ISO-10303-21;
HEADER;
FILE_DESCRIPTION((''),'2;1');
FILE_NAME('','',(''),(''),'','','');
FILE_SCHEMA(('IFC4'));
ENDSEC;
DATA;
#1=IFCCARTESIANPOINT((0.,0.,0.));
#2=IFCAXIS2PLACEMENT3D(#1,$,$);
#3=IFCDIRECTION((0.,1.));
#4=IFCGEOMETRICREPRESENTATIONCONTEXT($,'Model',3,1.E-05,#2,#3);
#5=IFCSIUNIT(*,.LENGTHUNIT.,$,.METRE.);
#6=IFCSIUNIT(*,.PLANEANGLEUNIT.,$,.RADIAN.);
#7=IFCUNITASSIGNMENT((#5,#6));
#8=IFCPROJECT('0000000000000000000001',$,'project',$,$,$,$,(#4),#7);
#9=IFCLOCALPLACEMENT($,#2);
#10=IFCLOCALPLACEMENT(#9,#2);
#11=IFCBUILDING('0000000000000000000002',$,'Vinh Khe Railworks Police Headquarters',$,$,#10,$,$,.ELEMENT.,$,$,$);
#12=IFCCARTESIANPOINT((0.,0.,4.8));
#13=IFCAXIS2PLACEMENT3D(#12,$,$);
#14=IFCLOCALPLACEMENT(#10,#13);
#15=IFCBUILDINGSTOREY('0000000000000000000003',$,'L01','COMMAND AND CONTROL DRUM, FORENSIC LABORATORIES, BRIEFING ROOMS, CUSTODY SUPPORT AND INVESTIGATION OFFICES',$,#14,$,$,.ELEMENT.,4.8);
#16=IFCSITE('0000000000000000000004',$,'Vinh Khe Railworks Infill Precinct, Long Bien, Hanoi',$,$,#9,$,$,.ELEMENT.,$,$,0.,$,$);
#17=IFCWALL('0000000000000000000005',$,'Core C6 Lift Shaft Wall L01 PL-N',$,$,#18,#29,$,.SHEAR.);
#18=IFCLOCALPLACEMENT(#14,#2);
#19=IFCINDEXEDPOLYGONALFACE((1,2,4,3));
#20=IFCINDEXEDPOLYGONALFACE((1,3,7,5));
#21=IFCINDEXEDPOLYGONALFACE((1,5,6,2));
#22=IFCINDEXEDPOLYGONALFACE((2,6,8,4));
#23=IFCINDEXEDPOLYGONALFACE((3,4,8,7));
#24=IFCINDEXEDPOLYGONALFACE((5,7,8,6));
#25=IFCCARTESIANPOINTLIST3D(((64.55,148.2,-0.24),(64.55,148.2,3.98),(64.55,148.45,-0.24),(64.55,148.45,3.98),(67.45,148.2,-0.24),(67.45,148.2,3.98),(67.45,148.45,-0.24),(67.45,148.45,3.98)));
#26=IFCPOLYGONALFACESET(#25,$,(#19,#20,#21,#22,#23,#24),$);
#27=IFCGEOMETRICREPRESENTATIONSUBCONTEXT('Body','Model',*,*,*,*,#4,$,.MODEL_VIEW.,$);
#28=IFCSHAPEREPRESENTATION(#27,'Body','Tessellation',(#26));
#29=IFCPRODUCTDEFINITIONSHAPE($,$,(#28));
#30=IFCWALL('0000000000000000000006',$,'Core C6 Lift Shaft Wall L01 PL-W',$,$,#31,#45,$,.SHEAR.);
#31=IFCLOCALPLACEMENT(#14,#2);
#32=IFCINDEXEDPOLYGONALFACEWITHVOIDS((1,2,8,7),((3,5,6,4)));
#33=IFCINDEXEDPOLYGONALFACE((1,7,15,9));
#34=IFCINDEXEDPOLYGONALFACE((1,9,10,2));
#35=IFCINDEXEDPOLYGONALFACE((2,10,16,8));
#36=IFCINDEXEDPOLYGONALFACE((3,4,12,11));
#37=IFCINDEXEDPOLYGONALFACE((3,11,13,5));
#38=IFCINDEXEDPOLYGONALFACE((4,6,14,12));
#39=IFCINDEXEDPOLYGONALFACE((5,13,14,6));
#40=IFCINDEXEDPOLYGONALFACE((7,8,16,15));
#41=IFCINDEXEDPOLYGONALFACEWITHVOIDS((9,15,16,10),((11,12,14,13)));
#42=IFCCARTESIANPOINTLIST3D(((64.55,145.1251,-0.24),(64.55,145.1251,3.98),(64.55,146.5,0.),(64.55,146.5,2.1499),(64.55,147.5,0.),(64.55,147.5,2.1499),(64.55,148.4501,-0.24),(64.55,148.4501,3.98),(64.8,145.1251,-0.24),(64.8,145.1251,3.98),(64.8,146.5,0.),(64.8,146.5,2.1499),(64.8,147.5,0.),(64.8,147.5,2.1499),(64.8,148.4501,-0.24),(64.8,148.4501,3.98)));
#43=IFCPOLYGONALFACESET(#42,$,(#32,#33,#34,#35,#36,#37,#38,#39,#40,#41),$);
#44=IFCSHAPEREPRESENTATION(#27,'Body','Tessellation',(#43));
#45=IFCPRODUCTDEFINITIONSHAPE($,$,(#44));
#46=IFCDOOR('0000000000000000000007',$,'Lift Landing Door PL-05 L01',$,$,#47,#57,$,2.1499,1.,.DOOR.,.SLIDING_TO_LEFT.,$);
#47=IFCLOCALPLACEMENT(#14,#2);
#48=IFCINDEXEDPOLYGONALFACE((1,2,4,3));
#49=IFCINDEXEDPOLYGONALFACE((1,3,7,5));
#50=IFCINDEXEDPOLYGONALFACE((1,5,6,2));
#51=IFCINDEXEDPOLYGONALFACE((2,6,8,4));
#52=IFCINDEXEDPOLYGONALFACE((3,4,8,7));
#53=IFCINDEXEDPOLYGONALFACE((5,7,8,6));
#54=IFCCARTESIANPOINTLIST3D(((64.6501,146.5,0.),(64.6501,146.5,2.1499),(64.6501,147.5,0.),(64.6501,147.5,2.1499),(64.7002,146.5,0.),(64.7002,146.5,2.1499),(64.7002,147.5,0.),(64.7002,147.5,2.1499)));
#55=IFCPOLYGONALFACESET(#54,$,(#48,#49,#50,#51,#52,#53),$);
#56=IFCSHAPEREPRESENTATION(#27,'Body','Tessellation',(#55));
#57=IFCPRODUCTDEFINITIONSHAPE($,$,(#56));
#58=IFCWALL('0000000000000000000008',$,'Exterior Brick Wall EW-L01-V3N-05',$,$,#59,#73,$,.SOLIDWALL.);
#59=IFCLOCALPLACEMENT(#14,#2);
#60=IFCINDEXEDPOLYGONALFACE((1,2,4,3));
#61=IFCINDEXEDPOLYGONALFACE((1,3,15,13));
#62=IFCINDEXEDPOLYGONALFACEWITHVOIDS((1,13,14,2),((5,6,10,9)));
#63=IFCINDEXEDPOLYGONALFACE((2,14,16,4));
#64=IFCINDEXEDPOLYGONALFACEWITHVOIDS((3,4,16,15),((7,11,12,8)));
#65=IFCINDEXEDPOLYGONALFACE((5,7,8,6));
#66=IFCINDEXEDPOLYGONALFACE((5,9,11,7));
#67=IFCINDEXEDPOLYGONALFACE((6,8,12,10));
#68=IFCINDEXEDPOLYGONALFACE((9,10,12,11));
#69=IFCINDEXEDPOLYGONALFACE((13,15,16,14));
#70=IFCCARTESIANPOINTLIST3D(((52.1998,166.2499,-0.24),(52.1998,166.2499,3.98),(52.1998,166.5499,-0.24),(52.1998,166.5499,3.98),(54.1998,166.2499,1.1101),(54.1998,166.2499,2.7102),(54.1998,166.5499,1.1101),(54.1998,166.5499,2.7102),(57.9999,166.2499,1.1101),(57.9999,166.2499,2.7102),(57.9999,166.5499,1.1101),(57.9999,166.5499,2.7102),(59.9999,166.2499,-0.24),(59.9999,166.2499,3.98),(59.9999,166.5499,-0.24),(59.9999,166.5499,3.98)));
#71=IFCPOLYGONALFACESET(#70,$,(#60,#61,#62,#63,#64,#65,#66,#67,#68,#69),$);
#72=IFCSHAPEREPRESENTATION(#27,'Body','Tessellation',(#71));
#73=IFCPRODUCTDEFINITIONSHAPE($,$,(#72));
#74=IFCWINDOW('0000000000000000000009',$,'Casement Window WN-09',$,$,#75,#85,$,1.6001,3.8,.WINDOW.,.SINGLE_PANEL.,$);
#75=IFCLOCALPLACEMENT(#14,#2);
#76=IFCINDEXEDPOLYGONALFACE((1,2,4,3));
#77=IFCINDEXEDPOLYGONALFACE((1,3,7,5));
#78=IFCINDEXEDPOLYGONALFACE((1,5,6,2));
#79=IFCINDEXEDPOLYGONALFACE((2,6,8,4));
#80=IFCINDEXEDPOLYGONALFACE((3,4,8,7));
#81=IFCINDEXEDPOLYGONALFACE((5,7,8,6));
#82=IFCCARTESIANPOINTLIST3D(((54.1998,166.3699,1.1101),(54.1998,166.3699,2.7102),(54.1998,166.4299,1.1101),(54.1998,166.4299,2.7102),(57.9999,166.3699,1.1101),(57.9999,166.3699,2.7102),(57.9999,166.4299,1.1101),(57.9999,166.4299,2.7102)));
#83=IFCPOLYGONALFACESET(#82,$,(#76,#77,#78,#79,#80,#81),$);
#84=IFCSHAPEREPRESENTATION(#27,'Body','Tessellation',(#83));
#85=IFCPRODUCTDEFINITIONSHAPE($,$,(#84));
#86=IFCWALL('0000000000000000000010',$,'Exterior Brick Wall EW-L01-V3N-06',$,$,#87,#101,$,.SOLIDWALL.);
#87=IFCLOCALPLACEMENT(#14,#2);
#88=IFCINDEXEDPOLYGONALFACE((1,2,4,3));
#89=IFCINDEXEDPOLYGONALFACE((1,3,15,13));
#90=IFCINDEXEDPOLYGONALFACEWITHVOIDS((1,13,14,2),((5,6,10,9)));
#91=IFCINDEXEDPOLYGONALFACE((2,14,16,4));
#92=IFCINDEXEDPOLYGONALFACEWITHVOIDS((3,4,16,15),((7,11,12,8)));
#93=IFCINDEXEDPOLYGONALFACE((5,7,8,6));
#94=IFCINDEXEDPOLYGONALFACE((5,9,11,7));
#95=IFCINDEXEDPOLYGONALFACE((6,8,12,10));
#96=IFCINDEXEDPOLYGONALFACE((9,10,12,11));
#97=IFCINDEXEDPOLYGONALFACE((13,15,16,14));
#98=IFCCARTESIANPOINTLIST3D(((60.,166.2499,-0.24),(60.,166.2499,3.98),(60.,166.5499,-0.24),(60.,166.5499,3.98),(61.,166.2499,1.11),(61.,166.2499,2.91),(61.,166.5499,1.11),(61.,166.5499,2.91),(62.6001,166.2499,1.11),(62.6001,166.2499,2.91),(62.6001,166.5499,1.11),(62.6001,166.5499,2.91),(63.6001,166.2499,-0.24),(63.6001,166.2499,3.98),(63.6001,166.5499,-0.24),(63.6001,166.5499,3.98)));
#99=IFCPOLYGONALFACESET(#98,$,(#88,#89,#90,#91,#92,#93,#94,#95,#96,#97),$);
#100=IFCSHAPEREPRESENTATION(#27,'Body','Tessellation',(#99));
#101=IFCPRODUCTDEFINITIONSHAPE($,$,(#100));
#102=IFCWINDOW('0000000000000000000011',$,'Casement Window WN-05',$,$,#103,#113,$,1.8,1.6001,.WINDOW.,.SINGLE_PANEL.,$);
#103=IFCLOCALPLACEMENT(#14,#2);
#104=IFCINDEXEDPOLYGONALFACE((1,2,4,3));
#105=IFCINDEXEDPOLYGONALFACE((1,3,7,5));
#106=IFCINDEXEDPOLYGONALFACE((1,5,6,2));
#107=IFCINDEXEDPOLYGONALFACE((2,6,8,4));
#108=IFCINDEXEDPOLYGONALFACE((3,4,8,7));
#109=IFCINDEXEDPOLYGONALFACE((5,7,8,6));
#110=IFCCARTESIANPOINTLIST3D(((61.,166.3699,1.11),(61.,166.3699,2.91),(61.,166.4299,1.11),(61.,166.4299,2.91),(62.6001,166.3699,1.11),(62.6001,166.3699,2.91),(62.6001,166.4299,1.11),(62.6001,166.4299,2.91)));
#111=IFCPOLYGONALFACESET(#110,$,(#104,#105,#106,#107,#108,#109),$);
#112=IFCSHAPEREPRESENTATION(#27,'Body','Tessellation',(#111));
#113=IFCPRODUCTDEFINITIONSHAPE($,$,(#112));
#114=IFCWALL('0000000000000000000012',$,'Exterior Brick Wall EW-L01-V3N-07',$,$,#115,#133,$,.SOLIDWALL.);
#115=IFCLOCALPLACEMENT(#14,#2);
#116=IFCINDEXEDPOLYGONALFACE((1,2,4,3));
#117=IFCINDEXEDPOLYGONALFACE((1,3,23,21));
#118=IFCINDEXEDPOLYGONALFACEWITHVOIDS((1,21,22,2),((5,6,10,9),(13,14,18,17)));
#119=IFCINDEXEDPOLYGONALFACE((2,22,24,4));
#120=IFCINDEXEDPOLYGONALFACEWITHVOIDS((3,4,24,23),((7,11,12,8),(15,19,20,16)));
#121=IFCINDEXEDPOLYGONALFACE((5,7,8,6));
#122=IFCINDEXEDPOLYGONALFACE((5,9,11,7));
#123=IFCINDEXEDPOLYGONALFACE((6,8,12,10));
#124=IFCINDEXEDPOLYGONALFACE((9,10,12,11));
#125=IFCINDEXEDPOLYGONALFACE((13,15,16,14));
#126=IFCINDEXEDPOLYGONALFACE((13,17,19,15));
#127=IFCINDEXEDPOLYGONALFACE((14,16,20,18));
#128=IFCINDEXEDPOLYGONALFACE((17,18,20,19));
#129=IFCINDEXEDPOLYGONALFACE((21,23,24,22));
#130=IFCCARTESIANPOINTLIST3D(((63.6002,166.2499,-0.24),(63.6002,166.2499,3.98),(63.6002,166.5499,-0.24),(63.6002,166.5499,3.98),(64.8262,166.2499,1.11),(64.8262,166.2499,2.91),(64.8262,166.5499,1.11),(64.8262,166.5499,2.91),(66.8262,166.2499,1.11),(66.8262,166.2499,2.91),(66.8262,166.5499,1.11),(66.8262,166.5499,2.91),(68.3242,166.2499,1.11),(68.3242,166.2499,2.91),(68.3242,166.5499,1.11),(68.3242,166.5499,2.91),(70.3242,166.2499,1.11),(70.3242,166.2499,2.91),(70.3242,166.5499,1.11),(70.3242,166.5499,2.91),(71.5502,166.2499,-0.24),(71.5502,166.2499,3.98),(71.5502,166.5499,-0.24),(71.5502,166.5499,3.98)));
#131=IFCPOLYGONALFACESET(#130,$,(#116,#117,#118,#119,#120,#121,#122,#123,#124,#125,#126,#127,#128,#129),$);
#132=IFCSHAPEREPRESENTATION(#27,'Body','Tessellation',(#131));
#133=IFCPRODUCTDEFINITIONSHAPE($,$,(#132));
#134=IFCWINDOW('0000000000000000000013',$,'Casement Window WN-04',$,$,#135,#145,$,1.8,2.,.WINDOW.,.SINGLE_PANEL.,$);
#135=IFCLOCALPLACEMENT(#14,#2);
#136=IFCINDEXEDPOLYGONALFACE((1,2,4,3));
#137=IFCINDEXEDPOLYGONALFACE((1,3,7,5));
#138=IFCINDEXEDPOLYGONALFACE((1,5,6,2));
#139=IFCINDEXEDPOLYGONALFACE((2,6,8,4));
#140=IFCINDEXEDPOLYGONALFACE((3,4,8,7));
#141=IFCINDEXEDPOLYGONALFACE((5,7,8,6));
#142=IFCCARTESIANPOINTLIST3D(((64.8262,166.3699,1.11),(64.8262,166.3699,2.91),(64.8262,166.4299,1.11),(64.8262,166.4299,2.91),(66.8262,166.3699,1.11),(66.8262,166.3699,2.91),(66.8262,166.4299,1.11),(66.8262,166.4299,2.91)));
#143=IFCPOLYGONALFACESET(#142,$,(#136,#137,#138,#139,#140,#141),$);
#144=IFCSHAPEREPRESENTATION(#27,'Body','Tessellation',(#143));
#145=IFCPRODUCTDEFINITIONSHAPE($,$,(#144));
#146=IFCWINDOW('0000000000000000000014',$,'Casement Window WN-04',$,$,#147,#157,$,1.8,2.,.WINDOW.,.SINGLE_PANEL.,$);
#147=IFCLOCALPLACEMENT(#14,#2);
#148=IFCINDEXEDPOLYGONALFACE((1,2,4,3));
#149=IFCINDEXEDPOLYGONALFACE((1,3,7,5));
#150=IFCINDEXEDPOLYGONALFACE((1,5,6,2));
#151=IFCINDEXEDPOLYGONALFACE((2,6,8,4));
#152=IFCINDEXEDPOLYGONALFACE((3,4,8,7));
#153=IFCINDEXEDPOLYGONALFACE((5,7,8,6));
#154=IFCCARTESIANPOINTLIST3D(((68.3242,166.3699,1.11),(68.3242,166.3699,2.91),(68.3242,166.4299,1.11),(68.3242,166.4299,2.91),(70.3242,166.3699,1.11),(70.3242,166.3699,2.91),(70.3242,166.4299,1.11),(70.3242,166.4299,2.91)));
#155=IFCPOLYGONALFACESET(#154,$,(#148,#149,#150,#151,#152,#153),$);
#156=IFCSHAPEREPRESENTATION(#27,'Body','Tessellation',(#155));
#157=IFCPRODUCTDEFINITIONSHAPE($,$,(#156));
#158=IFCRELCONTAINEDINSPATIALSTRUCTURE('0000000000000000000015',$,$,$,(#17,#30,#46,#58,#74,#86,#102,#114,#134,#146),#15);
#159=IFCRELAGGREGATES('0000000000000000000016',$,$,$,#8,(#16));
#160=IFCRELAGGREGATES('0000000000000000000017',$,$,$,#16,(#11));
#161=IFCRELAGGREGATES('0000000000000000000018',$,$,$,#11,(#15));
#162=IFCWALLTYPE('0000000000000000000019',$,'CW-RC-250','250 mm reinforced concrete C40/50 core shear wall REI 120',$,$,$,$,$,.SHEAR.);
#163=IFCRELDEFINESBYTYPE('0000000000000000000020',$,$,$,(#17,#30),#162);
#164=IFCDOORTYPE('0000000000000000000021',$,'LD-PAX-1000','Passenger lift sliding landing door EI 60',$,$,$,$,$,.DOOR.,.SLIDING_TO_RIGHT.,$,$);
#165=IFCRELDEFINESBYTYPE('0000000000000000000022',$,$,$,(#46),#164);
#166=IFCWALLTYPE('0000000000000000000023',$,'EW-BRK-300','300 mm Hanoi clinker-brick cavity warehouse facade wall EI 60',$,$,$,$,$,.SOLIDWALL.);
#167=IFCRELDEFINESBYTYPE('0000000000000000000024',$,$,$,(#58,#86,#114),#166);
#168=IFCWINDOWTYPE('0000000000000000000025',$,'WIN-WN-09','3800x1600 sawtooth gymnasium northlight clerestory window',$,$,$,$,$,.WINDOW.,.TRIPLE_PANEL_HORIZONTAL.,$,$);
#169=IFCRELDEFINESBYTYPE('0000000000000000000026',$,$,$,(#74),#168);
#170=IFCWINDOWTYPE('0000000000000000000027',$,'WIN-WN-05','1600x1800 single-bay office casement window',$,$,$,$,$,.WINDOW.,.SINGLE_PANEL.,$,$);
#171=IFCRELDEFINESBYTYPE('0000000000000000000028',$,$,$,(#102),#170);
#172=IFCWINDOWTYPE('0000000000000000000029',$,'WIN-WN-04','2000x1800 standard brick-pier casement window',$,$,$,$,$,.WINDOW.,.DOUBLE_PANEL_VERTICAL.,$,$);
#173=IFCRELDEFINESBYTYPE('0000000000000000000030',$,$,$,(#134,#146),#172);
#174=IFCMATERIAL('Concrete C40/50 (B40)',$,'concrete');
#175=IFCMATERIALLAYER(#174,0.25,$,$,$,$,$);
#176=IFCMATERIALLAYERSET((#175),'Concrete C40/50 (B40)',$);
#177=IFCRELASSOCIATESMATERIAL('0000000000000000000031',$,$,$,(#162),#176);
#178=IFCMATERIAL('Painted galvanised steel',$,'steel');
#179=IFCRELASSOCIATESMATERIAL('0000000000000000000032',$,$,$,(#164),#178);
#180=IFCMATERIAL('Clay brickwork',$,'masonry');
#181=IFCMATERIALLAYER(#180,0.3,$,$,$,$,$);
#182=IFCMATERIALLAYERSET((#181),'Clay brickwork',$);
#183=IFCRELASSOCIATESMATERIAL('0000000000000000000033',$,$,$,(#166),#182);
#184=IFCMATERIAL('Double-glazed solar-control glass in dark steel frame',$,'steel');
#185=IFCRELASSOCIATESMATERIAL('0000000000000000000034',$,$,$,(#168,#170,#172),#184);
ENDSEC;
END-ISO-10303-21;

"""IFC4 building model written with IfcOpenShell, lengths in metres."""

from ifc_helpers import new_model, si_unit, direction, frame, frame_2d, origin, place, context, subcontext, project, spatial, rectangle, extrude, material, layer, layer_set, type_object, element, fill, save


model = new_model("IFC4")

# Units and contexts
model_context = context("Model", 3, precision=1e-05, world=origin(), true_north=direction((0.0, 1.0)))
body_context = subcontext(model_context, "Body", "Model", "MODEL_VIEW")
ifc_project = project(units=[si_unit("LENGTHUNIT", "METRE"), si_unit("PLANEANGLEUNIT", "RADIAN")], contexts=[model_context])

# Site, building, storey
site_placement = place(None, origin())
site = spatial("IfcSite", under=ifc_project, at=site_placement, Name="Vinh Khe Railworks Infill Precinct, Long Bien, Hanoi", CompositionType="ELEMENT", RefElevation=0.0)
building_placement = place(site_placement, origin())
building = spatial("IfcBuilding", under=site, at=building_placement, Name="Vinh Khe Railworks Police Headquarters", CompositionType="ELEMENT")
storey_placement = place(building_placement, frame((0.0, 0.0, 4.8)))
storey = spatial("IfcBuildingStorey", under=building, at=storey_placement, Name="L01", Description="COMMAND AND CONTROL DRUM, FORENSIC LABORATORIES, BRIEFING ROOMS, CUSTODY SUPPORT AND INVESTIGATION OFFICES", CompositionType="ELEMENT", Elevation=4.8)

# Wall
ifc_material_1 = material(Name="Concrete C40/50 (B40)", Category="concrete")
ifc_layer_1 = layer(ifc_material_1, 0.25)
ifc_layer_set_1 = layer_set([ifc_layer_1], Name="Concrete C40/50 (B40)")
wall_type_1 = type_object("IfcWallType", Name="CW-RC-250", Description="250 mm reinforced concrete C40/50 core shear wall REI 120", PredefinedType="SHEAR", material=ifc_layer_set_1)
for number, where, z_axis, x_axis, name in (
    (1, (64.55, 148.325, -0.24), (0.0, 0.0, 1.0), (1.0, 0.0, 0.0), "Core C6 Lift Shaft Wall L01 PL-N"),
):
    element("IfcWall", number, at=place(storey_placement, frame(where, z_axis=z_axis, x_axis=x_axis)), inside=storey, type_object=wall_type_1, Name=name, PredefinedType="SHEAR", context=body_context, shape_type="SweptSolid", body=[
        extrude(rectangle(XDim=2.8999, YDim=0.25, at=frame_2d((1.45, 0.0))), origin(), (0.0, 0.0, 1.0), 4.22),
    ])

# Wall, opening, door
wall_1_placement = place(storey_placement, frame((64.675, 145.125, -0.24), z_axis=(0.0, 0.0, 1.0), x_axis=(0.0, 1.0, 0.0)))
wall_1 = element("IfcWall", 2, at=wall_1_placement, inside=storey, type_object=wall_type_1, Name="Core C6 Lift Shaft Wall L01 PL-W", PredefinedType="SHEAR", context=body_context, shape_type="SweptSolid", body=[
    extrude(rectangle(XDim=3.325, YDim=0.25, at=frame_2d((1.6626, 0.0))), origin(), (0.0, 0.0, 1.0), 4.22),
])
opening_1_placement = place(wall_1_placement, frame((1.375, 0.0, 0.24)))
opening_1 = element("IfcOpeningElement", 3, at=opening_1_placement, cuts=wall_1, PredefinedType="OPENING", context=body_context, shape_type="SweptSolid", body=[
    extrude(rectangle(XDim=1.0, YDim=2.1499, at=frame_2d((0.5, 1.075))), frame((0.0, 0.1399, 0.0), z_axis=(0.0, -1.0, 0.0), x_axis=(1.0, 0.0, 0.0)), (0.0, 0.0, 1.0), 0.2798),
])
ifc_material_2 = material(Name="Painted galvanised steel", Category="steel")
door_type_1 = type_object("IfcDoorType", Name="LD-PAX-1000", Description="Passenger lift sliding landing door EI 60", OperationType="SLIDING_TO_RIGHT", PredefinedType="DOOR", material=ifc_material_2)
door_1_placement = place(opening_1_placement, origin())
door_1 = element("IfcDoor", 4, at=door_1_placement, inside=storey, type_object=door_type_1, Name="Lift Landing Door PL-05 L01", OperationType="SLIDING_TO_LEFT", OverallHeight=2.1499, OverallWidth=1.0, PredefinedType="DOOR", context=body_context, shape_type="SweptSolid", body=[
    extrude(rectangle(XDim=1.0, YDim=2.1499, at=frame_2d((0.5, 1.075))), frame((0.0, 0.0249, 0.0), z_axis=(0.0, -1.0, 0.0), x_axis=(1.0, 0.0, 0.0)), (0.0, 0.0, 1.0), 0.05),
])
fill(opening_1, door_1)

# Walls, openings, windows
ifc_material_3 = material(Name="Clay brickwork", Category="masonry")
ifc_layer_2 = layer(ifc_material_3, 0.3)
ifc_layer_set_2 = layer_set([ifc_layer_2], Name="Clay brickwork")
wall_type_2 = type_object("IfcWallType", Name="EW-BRK-300", Description="300 mm Hanoi clinker-brick cavity warehouse facade wall EI 60", PredefinedType="SOLIDWALL", material=ifc_layer_set_2)
wall_2_placement = place(storey_placement, frame((52.2, 166.3999, -0.24), z_axis=(0.0, 0.0, 1.0), x_axis=(1.0, 0.0, 0.0)))
wall_2 = element("IfcWall", 5, at=wall_2_placement, inside=storey, type_object=wall_type_2, Name="Exterior Brick Wall EW-L01-V3N-05", PredefinedType="SOLIDWALL", context=body_context, shape_type="SweptSolid", body=[
    extrude(rectangle(XDim=7.8, YDim=0.3, at=frame_2d((3.8999, 0.0))), origin(), (0.0, 0.0, 1.0), 4.22),
])
opening_2_placement = place(wall_2_placement, frame((2.0, 0.0, 1.3501)))
opening_2 = element("IfcOpeningElement", 6, at=opening_2_placement, cuts=wall_2, PredefinedType="OPENING", context=body_context, shape_type="SweptSolid", body=[
    extrude(rectangle(XDim=3.8, YDim=1.6001, at=frame_2d((1.8999, 0.8))), frame((0.0, 0.165, 0.0), z_axis=(0.0, -1.0, 0.0), x_axis=(1.0, 0.0, 0.0)), (0.0, 0.0, 1.0), 0.3298),
])
ifc_material_4 = material(Name="Double-glazed solar-control glass in dark steel frame", Category="steel")
window_type_1 = type_object("IfcWindowType", Name="WIN-WN-09", Description="3800x1600 sawtooth gymnasium northlight clerestory window", PartitioningType="TRIPLE_PANEL_HORIZONTAL", PredefinedType="WINDOW", material=ifc_material_4)
window_1_placement = place(opening_2_placement, origin())
window_1 = element("IfcWindow", 7, at=window_1_placement, inside=storey, type_object=window_type_1, Name="Casement Window WN-09", OverallHeight=1.6001, OverallWidth=3.8, PartitioningType="SINGLE_PANEL", PredefinedType="WINDOW", context=body_context, shape_type="SweptSolid", body=[
    extrude(rectangle(XDim=3.8, YDim=1.6001, at=frame_2d((1.8999, 0.8))), frame((0.0, 0.03, 0.0), z_axis=(0.0, -1.0, 0.0), x_axis=(1.0, 0.0, 0.0)), (0.0, 0.0, 1.0), 0.0601),
])
fill(opening_2, window_1)
wall_3_placement = place(storey_placement, frame((60.0, 166.3999, -0.24), z_axis=(0.0, 0.0, 1.0), x_axis=(1.0, 0.0, 0.0)))
wall_3 = element("IfcWall", 8, at=wall_3_placement, inside=storey, type_object=wall_type_2, Name="Exterior Brick Wall EW-L01-V3N-06", PredefinedType="SOLIDWALL", context=body_context, shape_type="SweptSolid", body=[
    extrude(rectangle(XDim=3.6001, YDim=0.3, at=frame_2d((1.8, 0.0))), origin(), (0.0, 0.0, 1.0), 4.22),
])
opening_3_placement = place(wall_3_placement, frame((1.0, 0.0, 1.3501)))
opening_3 = element("IfcOpeningElement", 9, at=opening_3_placement, cuts=wall_3, PredefinedType="OPENING", context=body_context, shape_type="SweptSolid", body=[
    extrude(rectangle(XDim=1.6001, YDim=1.8, at=frame_2d((0.8, 0.8999))), frame((0.0, 0.165, 0.0), z_axis=(0.0, -1.0, 0.0), x_axis=(1.0, 0.0, 0.0)), (0.0, 0.0, 1.0), 0.3298),
])
window_type_2 = type_object("IfcWindowType", Name="WIN-WN-05", Description="1600x1800 single-bay office casement window", PartitioningType="SINGLE_PANEL", PredefinedType="WINDOW", material=ifc_material_4)
window_2_placement = place(opening_3_placement, origin())
window_2 = element("IfcWindow", 10, at=window_2_placement, inside=storey, type_object=window_type_2, Name="Casement Window WN-05", OverallHeight=1.8, OverallWidth=1.6001, PartitioningType="SINGLE_PANEL", PredefinedType="WINDOW", context=body_context, shape_type="SweptSolid", body=[
    extrude(rectangle(XDim=1.6001, YDim=1.8, at=frame_2d((0.8, 0.8999))), frame((0.0, 0.03, 0.0), z_axis=(0.0, -1.0, 0.0), x_axis=(1.0, 0.0, 0.0)), (0.0, 0.0, 1.0), 0.0601),
])
fill(opening_3, window_2)

# Wall, openings, windows
wall_4_placement = place(storey_placement, frame((63.6001, 166.3999, -0.24), z_axis=(0.0, 0.0, 1.0), x_axis=(1.0, 0.0, 0.0)))
wall_4 = element("IfcWall", 11, at=wall_4_placement, inside=storey, type_object=wall_type_2, Name="Exterior Brick Wall EW-L01-V3N-07", PredefinedType="SOLIDWALL", context=body_context, shape_type="SweptSolid", body=[
    extrude(rectangle(XDim=7.95, YDim=0.3, at=frame_2d((3.9751, 0.0))), origin(), (0.0, 0.0, 1.0), 4.22),
])
opening_4_placement = place(wall_4_placement, frame((1.2261, 0.0, 1.3501)))
opening_4 = element("IfcOpeningElement", 12, at=opening_4_placement, cuts=wall_4, PredefinedType="OPENING", context=body_context, shape_type="SweptSolid", body=[
    extrude(rectangle(XDim=2.0, YDim=1.8, at=frame_2d((1.0, 0.8999))), frame((0.0, 0.165, 0.0), z_axis=(0.0, -1.0, 0.0), x_axis=(1.0, 0.0, 0.0)), (0.0, 0.0, 1.0), 0.3298),
])
opening_5_placement = place(wall_4_placement, frame((4.7241, 0.0, 1.3501)))
opening_5 = element("IfcOpeningElement", 13, at=opening_5_placement, cuts=wall_4, PredefinedType="OPENING", context=body_context, shape_type="SweptSolid", body=[
    extrude(rectangle(XDim=2.0, YDim=1.8, at=frame_2d((1.0, 0.8999))), frame((0.0, 0.165, 0.0), z_axis=(0.0, -1.0, 0.0), x_axis=(1.0, 0.0, 0.0)), (0.0, 0.0, 1.0), 0.3298),
])
window_type_3 = type_object("IfcWindowType", Name="WIN-WN-04", Description="2000x1800 standard brick-pier casement window", PartitioningType="DOUBLE_PANEL_VERTICAL", PredefinedType="WINDOW", material=ifc_material_4)
window_3_placement = place(opening_4_placement, origin())
window_3 = element("IfcWindow", 14, at=window_3_placement, inside=storey, type_object=window_type_3, Name="Casement Window WN-04", OverallHeight=1.8, OverallWidth=2.0, PartitioningType="SINGLE_PANEL", PredefinedType="WINDOW", context=body_context, shape_type="SweptSolid", body=[
    extrude(rectangle(XDim=2.0, YDim=1.8, at=frame_2d((1.0, 0.8999))), frame((0.0, 0.03, 0.0), z_axis=(0.0, -1.0, 0.0), x_axis=(1.0, 0.0, 0.0)), (0.0, 0.0, 1.0), 0.0601),
])
fill(opening_4, window_3)
window_4_placement = place(opening_5_placement, origin())
window_4 = element("IfcWindow", 15, at=window_4_placement, inside=storey, type_object=window_type_3, Name="Casement Window WN-04", OverallHeight=1.8, OverallWidth=2.0, PartitioningType="SINGLE_PANEL", PredefinedType="WINDOW", context=body_context, shape_type="SweptSolid", body=[
    extrude(rectangle(XDim=2.0, YDim=1.8, at=frame_2d((1.0, 0.8999))), frame((0.0, 0.03, 0.0), z_axis=(0.0, -1.0, 0.0), x_axis=(1.0, 0.0, 0.0)), (0.0, 0.0, 1.0), 0.0601),
])
fill(opening_5, window_4)

save(model, "model.ifc")
